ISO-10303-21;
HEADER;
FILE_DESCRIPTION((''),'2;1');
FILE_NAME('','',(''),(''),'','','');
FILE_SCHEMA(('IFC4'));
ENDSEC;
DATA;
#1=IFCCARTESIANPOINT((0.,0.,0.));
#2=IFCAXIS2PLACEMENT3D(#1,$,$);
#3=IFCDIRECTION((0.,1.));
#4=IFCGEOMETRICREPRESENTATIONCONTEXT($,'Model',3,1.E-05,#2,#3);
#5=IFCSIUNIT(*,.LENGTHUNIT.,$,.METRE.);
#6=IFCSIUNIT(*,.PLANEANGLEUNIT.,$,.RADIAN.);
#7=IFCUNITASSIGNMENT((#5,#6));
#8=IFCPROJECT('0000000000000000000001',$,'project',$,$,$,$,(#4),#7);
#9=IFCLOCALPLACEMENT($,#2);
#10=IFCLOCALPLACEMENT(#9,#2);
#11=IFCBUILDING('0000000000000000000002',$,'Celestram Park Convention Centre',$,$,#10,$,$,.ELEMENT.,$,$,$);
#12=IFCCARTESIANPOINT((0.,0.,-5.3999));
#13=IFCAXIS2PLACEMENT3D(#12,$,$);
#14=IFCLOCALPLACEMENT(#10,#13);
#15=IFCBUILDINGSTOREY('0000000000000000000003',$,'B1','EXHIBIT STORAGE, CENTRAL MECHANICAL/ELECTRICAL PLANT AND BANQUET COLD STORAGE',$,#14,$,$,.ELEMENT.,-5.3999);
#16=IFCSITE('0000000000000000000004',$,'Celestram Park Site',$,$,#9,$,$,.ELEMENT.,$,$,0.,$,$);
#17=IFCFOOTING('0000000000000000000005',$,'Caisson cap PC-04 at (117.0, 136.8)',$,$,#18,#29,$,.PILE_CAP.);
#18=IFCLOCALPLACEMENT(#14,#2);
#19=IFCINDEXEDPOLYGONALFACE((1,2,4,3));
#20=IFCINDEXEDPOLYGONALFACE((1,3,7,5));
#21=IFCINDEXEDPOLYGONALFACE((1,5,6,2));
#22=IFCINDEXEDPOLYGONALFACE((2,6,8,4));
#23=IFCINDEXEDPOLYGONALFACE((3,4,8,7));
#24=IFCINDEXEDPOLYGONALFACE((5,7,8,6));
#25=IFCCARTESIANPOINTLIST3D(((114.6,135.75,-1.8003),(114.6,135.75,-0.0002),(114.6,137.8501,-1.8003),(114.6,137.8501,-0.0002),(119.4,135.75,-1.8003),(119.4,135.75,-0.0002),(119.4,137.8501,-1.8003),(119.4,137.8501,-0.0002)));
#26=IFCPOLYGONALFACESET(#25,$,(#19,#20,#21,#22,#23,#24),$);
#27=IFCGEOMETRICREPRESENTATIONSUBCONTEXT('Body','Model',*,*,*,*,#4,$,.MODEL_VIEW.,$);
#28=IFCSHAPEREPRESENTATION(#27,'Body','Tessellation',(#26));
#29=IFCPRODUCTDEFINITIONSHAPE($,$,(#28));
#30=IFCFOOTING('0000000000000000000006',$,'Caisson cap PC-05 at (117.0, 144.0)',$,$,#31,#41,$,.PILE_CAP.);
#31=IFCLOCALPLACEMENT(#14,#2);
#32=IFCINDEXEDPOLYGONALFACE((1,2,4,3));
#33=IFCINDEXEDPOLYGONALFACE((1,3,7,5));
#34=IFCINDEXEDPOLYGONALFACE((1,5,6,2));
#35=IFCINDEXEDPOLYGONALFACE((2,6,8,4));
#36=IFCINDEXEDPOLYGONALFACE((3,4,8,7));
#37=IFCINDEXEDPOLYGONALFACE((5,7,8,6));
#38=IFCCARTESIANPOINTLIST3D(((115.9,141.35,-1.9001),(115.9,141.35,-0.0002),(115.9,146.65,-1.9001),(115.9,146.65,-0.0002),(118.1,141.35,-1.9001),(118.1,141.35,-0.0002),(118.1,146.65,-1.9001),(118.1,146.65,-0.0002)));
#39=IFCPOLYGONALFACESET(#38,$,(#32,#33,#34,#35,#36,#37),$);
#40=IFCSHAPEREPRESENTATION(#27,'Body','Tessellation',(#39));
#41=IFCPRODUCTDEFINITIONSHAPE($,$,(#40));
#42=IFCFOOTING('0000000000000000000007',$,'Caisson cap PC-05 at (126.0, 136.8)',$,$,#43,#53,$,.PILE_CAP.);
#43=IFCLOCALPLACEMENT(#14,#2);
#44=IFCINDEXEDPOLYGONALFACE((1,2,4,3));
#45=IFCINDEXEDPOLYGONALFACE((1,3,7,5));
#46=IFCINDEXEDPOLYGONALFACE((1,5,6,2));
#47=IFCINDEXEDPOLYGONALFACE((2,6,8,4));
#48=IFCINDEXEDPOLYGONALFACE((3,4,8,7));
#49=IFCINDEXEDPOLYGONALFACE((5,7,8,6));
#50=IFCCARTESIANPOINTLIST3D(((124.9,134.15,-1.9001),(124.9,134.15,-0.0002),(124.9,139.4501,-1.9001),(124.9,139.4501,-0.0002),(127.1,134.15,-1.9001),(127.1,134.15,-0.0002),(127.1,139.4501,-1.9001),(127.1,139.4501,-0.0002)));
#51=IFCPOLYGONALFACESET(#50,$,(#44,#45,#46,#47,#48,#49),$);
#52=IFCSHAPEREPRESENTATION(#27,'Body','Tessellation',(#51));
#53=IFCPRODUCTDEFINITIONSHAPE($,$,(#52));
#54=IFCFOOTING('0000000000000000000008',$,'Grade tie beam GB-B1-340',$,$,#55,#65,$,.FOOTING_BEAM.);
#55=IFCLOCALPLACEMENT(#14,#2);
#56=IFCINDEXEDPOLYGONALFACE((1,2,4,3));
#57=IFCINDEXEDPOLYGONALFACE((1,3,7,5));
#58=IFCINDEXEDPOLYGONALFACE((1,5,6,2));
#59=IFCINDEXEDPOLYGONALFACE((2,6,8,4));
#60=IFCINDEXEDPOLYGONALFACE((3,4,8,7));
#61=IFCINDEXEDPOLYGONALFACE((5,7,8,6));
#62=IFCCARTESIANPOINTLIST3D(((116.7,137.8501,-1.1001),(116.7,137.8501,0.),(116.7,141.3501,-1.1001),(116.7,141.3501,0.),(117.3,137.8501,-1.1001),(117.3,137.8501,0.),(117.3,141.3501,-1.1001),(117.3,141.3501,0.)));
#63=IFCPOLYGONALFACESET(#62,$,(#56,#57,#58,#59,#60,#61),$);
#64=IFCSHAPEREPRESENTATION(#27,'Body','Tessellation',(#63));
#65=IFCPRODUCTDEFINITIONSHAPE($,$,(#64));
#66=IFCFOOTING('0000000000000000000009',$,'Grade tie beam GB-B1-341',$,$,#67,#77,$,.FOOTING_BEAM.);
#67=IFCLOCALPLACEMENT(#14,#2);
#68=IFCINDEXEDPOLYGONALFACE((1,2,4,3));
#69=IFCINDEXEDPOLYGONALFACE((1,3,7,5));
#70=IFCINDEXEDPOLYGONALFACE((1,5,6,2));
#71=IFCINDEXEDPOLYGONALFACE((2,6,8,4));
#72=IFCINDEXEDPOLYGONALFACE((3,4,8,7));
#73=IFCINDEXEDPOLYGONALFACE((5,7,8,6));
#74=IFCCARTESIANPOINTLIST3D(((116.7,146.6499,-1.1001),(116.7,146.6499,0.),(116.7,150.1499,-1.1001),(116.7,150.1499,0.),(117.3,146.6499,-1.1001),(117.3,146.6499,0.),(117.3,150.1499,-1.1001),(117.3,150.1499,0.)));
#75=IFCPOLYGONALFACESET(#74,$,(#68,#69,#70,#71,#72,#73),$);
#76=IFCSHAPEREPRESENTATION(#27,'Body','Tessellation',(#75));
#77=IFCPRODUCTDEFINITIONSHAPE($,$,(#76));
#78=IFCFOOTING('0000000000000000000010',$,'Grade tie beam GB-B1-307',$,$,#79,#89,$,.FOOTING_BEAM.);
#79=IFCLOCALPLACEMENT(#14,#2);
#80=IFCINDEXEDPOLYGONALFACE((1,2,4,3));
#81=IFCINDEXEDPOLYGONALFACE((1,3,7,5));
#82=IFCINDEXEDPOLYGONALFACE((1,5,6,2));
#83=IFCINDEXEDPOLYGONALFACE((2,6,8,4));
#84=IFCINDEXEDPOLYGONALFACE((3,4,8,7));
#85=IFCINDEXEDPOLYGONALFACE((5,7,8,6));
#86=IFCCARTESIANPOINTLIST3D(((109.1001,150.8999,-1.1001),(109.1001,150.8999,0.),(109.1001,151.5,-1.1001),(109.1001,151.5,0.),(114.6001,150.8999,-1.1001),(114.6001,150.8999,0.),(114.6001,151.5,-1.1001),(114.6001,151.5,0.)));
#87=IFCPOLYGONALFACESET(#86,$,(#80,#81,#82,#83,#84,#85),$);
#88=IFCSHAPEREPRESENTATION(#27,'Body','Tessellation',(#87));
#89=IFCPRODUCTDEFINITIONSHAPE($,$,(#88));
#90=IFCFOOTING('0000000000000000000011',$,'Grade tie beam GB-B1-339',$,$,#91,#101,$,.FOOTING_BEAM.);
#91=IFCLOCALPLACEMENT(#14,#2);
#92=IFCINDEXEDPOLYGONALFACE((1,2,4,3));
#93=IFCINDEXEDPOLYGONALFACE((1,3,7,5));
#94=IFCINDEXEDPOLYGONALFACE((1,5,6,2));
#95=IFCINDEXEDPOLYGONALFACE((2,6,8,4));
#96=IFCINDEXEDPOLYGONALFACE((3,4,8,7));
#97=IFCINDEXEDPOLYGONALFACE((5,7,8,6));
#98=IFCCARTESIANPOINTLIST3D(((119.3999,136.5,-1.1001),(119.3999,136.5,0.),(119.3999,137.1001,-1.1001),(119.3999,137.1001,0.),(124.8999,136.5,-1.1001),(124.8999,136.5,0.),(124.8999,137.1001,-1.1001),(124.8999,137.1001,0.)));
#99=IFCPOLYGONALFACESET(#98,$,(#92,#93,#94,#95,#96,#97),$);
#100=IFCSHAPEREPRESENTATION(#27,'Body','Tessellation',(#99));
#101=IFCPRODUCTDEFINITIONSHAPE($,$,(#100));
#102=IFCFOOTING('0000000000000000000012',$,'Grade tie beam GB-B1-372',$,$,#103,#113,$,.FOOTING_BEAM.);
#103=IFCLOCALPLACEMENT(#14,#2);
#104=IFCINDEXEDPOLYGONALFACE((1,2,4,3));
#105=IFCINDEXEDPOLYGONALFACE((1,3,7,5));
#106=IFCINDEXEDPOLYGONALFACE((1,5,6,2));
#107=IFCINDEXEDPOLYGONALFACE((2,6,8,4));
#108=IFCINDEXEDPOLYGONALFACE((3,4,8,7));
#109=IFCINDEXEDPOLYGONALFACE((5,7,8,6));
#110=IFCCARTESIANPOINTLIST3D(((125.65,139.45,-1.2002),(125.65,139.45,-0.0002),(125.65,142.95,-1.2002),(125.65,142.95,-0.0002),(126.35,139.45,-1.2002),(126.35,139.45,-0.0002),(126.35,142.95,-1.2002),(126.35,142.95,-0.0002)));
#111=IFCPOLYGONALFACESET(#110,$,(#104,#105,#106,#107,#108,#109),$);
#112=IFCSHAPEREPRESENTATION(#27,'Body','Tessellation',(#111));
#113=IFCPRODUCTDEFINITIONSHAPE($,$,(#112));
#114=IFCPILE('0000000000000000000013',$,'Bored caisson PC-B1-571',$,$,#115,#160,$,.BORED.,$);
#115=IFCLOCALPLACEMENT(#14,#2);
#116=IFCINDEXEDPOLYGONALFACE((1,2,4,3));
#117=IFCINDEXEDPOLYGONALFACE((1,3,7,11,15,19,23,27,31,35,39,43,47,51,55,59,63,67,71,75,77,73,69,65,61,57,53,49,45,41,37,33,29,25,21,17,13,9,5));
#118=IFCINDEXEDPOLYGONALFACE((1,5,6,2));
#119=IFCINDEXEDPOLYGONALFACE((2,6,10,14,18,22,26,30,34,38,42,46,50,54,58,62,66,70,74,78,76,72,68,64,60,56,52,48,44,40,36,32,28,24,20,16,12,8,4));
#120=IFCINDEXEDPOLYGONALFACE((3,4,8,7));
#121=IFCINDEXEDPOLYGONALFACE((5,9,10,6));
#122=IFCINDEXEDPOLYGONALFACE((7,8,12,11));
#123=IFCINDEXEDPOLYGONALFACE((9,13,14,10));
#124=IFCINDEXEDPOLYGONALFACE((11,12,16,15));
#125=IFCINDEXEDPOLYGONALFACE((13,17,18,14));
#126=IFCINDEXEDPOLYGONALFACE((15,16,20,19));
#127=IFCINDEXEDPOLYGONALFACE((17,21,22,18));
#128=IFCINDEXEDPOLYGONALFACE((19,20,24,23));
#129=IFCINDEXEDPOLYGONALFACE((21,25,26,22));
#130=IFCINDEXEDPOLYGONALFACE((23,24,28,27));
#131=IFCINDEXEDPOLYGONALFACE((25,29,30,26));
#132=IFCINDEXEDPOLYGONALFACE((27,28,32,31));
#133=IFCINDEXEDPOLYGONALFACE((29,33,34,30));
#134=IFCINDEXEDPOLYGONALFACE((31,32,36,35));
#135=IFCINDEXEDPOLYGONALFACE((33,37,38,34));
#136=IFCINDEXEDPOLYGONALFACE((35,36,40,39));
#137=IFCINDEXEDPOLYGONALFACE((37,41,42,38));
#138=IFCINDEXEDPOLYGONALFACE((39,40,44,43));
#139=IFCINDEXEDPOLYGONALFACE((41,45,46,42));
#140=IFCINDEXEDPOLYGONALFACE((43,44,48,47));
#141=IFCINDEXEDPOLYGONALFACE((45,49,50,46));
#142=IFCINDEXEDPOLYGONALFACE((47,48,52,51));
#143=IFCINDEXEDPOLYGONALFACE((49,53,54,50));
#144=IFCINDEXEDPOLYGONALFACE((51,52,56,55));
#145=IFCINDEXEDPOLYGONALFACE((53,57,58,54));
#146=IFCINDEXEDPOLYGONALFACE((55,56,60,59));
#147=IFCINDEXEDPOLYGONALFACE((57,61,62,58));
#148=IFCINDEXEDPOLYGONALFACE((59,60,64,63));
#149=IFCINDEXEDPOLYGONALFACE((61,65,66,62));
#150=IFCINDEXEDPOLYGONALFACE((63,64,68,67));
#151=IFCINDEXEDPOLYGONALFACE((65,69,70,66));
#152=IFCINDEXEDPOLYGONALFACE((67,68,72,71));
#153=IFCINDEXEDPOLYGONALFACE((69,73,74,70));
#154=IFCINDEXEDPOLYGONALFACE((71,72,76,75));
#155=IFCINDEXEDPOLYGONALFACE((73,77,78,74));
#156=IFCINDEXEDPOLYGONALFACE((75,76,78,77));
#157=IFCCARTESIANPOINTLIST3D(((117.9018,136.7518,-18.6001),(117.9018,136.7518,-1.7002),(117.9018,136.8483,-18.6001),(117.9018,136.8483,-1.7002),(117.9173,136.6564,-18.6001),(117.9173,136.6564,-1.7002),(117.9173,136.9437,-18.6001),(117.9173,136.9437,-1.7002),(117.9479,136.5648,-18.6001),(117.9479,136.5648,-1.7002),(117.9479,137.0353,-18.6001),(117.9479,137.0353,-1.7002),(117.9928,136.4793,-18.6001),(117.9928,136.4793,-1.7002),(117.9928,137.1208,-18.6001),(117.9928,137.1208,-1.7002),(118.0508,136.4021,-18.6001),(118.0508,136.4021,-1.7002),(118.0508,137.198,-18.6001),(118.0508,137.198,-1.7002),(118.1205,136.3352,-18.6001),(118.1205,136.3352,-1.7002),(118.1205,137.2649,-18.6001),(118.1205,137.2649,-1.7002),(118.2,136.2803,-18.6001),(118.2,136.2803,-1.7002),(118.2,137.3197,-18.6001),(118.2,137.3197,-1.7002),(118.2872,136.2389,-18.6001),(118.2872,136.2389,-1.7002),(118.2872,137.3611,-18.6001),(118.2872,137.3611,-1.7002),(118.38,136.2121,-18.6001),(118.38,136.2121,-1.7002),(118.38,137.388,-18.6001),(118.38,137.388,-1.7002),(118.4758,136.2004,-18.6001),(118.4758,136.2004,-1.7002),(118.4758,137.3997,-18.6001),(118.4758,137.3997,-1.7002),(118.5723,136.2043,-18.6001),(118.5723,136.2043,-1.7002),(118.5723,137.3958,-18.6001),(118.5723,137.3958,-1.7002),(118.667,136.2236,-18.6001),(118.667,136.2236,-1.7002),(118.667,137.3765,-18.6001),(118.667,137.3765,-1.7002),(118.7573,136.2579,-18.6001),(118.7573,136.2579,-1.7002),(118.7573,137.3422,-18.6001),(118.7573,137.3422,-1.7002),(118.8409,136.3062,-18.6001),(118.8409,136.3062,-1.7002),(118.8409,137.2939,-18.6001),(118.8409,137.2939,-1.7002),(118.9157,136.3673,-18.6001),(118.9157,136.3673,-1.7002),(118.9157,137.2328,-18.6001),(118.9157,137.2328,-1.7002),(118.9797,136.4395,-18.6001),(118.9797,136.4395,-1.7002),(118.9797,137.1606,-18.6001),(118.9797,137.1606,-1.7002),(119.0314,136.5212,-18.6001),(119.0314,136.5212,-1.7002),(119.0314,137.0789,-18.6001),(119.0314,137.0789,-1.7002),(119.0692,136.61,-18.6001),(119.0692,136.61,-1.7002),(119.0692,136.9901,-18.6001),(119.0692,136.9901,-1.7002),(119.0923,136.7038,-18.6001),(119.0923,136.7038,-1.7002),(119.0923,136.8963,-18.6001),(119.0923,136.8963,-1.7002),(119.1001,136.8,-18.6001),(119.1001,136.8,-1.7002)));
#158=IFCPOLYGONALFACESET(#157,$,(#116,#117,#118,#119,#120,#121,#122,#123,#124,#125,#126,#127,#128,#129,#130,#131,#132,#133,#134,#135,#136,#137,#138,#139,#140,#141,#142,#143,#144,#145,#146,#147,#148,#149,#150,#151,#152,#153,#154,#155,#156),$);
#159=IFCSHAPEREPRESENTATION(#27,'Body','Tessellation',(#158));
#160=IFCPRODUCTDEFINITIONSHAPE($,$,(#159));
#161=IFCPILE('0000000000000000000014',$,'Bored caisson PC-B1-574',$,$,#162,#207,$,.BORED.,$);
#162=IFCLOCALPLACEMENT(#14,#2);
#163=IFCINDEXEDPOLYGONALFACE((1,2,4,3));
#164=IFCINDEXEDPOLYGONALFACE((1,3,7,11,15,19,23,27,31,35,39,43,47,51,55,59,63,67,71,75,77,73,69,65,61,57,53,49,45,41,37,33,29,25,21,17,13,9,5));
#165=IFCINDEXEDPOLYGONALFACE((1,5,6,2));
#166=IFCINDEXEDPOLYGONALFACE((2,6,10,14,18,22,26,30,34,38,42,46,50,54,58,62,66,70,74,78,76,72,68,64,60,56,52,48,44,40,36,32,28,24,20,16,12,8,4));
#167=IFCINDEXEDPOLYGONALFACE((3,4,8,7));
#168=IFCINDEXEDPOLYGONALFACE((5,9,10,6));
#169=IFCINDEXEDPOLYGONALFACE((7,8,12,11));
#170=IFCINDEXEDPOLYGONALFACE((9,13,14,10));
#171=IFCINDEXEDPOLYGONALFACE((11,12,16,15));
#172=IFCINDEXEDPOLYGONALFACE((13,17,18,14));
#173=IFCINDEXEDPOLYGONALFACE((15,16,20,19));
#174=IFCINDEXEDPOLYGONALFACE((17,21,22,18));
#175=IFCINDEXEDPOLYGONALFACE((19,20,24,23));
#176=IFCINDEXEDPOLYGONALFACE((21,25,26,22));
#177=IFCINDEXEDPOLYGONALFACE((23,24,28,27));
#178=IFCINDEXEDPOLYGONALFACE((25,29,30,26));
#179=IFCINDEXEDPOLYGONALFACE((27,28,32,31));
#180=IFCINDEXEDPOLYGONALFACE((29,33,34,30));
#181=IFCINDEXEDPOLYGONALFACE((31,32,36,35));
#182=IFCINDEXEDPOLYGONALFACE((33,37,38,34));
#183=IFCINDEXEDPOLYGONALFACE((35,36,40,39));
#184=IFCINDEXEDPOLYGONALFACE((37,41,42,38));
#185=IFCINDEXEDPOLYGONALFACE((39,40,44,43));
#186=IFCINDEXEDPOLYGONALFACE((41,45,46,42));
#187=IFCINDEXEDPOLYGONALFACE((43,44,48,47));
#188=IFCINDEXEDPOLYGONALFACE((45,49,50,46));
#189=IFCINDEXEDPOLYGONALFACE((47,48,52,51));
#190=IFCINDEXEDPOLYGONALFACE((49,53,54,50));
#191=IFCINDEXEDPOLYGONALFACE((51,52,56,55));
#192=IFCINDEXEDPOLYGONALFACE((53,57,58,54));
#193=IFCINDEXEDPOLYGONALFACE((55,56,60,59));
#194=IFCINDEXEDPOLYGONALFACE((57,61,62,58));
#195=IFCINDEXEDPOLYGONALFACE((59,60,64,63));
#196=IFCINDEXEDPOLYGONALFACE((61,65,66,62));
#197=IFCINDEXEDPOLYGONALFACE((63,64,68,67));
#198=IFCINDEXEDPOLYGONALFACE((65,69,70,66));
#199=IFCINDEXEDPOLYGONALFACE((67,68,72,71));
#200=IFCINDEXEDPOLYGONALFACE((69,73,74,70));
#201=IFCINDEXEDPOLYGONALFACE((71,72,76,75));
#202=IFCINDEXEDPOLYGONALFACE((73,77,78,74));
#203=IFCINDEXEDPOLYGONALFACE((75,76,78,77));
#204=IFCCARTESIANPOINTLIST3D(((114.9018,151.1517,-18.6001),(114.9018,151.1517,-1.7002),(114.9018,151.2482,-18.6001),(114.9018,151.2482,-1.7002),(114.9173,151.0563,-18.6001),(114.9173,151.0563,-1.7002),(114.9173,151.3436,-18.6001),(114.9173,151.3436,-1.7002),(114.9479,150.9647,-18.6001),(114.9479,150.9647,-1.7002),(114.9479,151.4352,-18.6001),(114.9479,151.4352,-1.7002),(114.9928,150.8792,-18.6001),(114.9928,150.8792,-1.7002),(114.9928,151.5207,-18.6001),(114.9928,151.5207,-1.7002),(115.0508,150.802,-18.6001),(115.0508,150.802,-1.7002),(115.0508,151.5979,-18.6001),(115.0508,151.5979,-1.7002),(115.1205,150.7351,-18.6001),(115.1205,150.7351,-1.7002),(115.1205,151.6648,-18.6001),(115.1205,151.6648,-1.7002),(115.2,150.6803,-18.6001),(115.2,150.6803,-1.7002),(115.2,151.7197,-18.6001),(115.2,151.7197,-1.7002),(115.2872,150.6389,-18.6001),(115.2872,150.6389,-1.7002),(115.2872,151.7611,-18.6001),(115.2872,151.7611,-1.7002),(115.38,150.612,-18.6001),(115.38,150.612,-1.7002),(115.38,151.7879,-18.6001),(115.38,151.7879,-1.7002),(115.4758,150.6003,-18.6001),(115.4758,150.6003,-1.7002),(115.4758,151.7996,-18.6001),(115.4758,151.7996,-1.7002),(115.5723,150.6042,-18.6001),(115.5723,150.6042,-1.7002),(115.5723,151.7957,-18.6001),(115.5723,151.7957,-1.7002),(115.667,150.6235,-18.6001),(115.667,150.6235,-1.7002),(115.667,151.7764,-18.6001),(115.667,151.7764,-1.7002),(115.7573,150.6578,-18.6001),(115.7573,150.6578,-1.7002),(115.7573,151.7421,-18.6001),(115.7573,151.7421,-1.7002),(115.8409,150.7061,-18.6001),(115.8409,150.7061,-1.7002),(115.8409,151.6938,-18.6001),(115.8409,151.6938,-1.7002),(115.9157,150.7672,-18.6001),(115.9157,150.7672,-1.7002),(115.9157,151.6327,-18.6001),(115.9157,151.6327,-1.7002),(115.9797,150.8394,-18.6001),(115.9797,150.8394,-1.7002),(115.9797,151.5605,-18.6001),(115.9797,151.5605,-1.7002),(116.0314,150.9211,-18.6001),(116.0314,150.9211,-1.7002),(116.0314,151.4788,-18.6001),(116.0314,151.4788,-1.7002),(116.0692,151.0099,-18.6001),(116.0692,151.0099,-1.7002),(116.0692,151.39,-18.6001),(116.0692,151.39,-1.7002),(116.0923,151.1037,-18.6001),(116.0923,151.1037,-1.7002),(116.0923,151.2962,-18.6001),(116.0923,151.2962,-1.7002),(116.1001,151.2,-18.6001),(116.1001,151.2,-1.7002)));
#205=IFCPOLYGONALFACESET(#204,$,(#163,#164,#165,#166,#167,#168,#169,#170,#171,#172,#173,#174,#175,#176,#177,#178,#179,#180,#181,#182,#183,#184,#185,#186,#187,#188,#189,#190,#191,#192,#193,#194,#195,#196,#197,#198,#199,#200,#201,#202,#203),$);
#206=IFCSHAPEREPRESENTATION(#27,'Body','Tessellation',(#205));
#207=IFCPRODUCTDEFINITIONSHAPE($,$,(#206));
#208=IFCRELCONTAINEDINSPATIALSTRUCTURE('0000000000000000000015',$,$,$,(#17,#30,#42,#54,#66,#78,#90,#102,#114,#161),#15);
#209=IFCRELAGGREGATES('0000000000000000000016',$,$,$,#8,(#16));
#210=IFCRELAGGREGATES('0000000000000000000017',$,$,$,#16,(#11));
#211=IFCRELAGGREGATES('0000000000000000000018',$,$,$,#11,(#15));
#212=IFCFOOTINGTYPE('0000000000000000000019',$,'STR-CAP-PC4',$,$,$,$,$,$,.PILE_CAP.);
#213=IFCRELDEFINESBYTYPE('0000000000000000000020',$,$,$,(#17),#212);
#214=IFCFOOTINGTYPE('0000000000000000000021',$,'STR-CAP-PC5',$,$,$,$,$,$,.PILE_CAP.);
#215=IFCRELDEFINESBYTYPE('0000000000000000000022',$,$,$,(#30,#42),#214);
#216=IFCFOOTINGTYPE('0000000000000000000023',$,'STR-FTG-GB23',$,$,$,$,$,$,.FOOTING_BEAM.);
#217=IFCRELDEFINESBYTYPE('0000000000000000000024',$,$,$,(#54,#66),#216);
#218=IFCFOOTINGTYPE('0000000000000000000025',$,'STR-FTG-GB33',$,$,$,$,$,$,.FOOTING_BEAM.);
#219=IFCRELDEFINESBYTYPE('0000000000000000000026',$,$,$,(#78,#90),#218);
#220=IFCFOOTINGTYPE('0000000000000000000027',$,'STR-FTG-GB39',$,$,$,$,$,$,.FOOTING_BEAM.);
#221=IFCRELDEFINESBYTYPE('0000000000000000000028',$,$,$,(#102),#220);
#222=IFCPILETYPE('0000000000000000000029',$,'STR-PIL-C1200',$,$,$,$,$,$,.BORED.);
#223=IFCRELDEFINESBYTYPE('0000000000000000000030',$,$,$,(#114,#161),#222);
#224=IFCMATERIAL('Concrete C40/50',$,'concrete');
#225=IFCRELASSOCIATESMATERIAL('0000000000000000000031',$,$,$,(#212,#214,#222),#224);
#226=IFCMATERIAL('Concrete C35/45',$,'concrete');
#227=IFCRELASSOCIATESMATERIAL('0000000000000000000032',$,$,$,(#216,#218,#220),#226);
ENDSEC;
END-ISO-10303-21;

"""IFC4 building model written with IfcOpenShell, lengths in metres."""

from ifc_helpers import new_model, si_unit, direction, frame, origin, origin_2d, place, context, subcontext, project, spatial, rectangle, circle, extrude, material, material_profile, profile_set, type_object, element, save


model = new_model("IFC4")

# Units and contexts
model_context = context("Model", 3, precision=1e-05, world=origin(), true_north=direction((0.0, 1.0)))
body_context = subcontext(model_context, "Body", "Model", "MODEL_VIEW")
ifc_project = project(units=[si_unit("LENGTHUNIT", "METRE"), si_unit("PLANEANGLEUNIT", "RADIAN")], contexts=[model_context])

# Site, building, storey
site_placement = place(None, origin())
site = spatial("IfcSite", under=ifc_project, at=site_placement, Name="Celestram Park Site", CompositionType="ELEMENT", RefElevation=0.0)
building_placement = place(site_placement, origin())
building = spatial("IfcBuilding", under=site, at=building_placement, Name="Celestram Park Convention Centre", CompositionType="ELEMENT")
storey_placement = place(building_placement, frame((0.0, 0.0, -5.3999)))
storey = spatial("IfcBuildingStorey", under=building, at=storey_placement, Name="B1", Description="EXHIBIT STORAGE, CENTRAL MECHANICAL/ELECTRICAL PLANT AND BANQUET COLD STORAGE", CompositionType="ELEMENT", Elevation=-5.3999)

# Footings
ifc_material_1 = material(Name="Concrete C40/50", Category="concrete")
footing_type_1 = type_object("IfcFootingType", Name="STR-CAP-PC4", PredefinedType="PILE_CAP", material=ifc_material_1)
footing_1_placement = place(storey_placement, frame((117.0, 136.8, -1.8003), z_axis=(0.0, 0.0, 1.0), x_axis=(1.0, 0.0, 0.0)))
element("IfcFooting", 1, at=footing_1_placement, inside=storey, type_object=footing_type_1, Name="Caisson cap PC-04 at (117.0, 136.8)", PredefinedType="PILE_CAP", context=body_context, shape_type="SweptSolid", body=[
    extrude(rectangle(XDim=4.8, YDim=2.1001, at=origin_2d()), origin(), (0.0, 0.0, 1.0), 1.8),
])
footing_type_2 = type_object("IfcFootingType", Name="STR-CAP-PC5", PredefinedType="PILE_CAP", material=ifc_material_1)
for number, where, z_axis, x_axis, name in (
    (2, (117.0, 144.0, -1.9001), (0.0, 0.0, 1.0), (1.0, 0.0, 0.0), "Caisson cap PC-05 at (117.0, 144.0)"),
    (3, (126.0, 136.8, -1.9001), (0.0, 0.0, 1.0), (1.0, 0.0, 0.0), "Caisson cap PC-05 at (126.0, 136.8)"),
):
    element("IfcFooting", number, at=place(storey_placement, frame(where, z_axis=z_axis, x_axis=x_axis)), inside=storey, type_object=footing_type_2, Name=name, PredefinedType="PILE_CAP", context=body_context, shape_type="SweptSolid", body=[
        extrude(rectangle(XDim=2.2, YDim=5.3, at=origin_2d()), origin(), (0.0, 0.0, 1.0), 1.8999),
    ])
ifc_material_2 = material(Name="Concrete C35/45", Category="concrete")
footing_type_3 = type_object("IfcFootingType", Name="STR-FTG-GB23", PredefinedType="FOOTING_BEAM", material=ifc_material_2)
for number, where, z_axis, x_axis, name in (
    (4, (117.0, 139.6001, -1.1001), (0.0, 0.0, 1.0), (0.0, 1.0, 0.0), "Grade tie beam GB-B1-340"),
    (5, (117.0, 148.3999, -1.1001), (0.0, 0.0, 1.0), (0.0, 1.0, 0.0), "Grade tie beam GB-B1-341"),
):
    element("IfcFooting", number, at=place(storey_placement, frame(where, z_axis=z_axis, x_axis=x_axis)), inside=storey, type_object=footing_type_3, Name=name, PredefinedType="FOOTING_BEAM", context=body_context, shape_type="SweptSolid", body=[
        extrude(rectangle(XDim=3.5, YDim=0.6001, at=origin_2d()), origin(), (0.0, 0.0, 1.0), 1.1001),
    ])
footing_type_4 = type_object("IfcFootingType", Name="STR-FTG-GB33", PredefinedType="FOOTING_BEAM", material=ifc_material_2)
for number, where, z_axis, x_axis, name in (
    (6, (111.8501, 151.2, -1.1001), (0.0, 0.0, 1.0), (1.0, 0.0, 0.0), "Grade tie beam GB-B1-307"),
    (7, (122.1499, 136.8, -1.1001), (0.0, 0.0, 1.0), (1.0, 0.0, 0.0), "Grade tie beam GB-B1-339"),
):
    element("IfcFooting", number, at=place(storey_placement, frame(where, z_axis=z_axis, x_axis=x_axis)), inside=storey, type_object=footing_type_4, Name=name, PredefinedType="FOOTING_BEAM", context=body_context, shape_type="SweptSolid", body=[
        extrude(rectangle(XDim=5.5, YDim=0.6001, at=origin_2d()), origin(), (0.0, 0.0, 1.0), 1.1001),
    ])
footing_type_5 = type_object("IfcFootingType", Name="STR-FTG-GB39", PredefinedType="FOOTING_BEAM", material=ifc_material_2)
footing_2_placement = place(storey_placement, frame((126.0, 141.2, -1.2002), z_axis=(0.0, 0.0, 1.0), x_axis=(0.0, 1.0, 0.0)))
element("IfcFooting", 8, at=footing_2_placement, inside=storey, type_object=footing_type_5, Name="Grade tie beam GB-B1-372", PredefinedType="FOOTING_BEAM", context=body_context, shape_type="SweptSolid", body=[
    extrude(rectangle(XDim=3.5, YDim=0.7, at=origin_2d()), origin(), (0.0, 0.0, 1.0), 1.2),
])

# Piles
ifc_material_profile_1 = material_profile(ifc_material_1, circle(Radius=0.6001, at=origin_2d()), Name="CAISSON1200")
ifc_profile_set_1 = profile_set([ifc_material_profile_1], Name="Concrete C40/50")
pile_type_1 = type_object("IfcPileType", Name="STR-PIL-C1200", PredefinedType="BORED", material=ifc_profile_set_1)
for number, where, z_axis, x_axis, name in (
    (9, (118.5, 136.8, -1.7002), (0.0, 0.0, -1.0), (1.0, 0.0, 0.0), "Bored caisson PC-B1-571"),
    (10, (115.5, 151.2, -1.7002), (0.0, 0.0, -1.0), (1.0, 0.0, 0.0), "Bored caisson PC-B1-574"),
):
    element("IfcPile", number, at=place(storey_placement, frame(where, z_axis=z_axis, x_axis=x_axis)), inside=storey, type_object=pile_type_1, Name=name, PredefinedType="BORED", context=body_context, shape_type="SweptSolid", body=[
        extrude(circle(Radius=0.6001, at=origin_2d()), origin(), (0.0, 0.0, 1.0), 16.8999),
    ])

save(model, "model.ifc")
